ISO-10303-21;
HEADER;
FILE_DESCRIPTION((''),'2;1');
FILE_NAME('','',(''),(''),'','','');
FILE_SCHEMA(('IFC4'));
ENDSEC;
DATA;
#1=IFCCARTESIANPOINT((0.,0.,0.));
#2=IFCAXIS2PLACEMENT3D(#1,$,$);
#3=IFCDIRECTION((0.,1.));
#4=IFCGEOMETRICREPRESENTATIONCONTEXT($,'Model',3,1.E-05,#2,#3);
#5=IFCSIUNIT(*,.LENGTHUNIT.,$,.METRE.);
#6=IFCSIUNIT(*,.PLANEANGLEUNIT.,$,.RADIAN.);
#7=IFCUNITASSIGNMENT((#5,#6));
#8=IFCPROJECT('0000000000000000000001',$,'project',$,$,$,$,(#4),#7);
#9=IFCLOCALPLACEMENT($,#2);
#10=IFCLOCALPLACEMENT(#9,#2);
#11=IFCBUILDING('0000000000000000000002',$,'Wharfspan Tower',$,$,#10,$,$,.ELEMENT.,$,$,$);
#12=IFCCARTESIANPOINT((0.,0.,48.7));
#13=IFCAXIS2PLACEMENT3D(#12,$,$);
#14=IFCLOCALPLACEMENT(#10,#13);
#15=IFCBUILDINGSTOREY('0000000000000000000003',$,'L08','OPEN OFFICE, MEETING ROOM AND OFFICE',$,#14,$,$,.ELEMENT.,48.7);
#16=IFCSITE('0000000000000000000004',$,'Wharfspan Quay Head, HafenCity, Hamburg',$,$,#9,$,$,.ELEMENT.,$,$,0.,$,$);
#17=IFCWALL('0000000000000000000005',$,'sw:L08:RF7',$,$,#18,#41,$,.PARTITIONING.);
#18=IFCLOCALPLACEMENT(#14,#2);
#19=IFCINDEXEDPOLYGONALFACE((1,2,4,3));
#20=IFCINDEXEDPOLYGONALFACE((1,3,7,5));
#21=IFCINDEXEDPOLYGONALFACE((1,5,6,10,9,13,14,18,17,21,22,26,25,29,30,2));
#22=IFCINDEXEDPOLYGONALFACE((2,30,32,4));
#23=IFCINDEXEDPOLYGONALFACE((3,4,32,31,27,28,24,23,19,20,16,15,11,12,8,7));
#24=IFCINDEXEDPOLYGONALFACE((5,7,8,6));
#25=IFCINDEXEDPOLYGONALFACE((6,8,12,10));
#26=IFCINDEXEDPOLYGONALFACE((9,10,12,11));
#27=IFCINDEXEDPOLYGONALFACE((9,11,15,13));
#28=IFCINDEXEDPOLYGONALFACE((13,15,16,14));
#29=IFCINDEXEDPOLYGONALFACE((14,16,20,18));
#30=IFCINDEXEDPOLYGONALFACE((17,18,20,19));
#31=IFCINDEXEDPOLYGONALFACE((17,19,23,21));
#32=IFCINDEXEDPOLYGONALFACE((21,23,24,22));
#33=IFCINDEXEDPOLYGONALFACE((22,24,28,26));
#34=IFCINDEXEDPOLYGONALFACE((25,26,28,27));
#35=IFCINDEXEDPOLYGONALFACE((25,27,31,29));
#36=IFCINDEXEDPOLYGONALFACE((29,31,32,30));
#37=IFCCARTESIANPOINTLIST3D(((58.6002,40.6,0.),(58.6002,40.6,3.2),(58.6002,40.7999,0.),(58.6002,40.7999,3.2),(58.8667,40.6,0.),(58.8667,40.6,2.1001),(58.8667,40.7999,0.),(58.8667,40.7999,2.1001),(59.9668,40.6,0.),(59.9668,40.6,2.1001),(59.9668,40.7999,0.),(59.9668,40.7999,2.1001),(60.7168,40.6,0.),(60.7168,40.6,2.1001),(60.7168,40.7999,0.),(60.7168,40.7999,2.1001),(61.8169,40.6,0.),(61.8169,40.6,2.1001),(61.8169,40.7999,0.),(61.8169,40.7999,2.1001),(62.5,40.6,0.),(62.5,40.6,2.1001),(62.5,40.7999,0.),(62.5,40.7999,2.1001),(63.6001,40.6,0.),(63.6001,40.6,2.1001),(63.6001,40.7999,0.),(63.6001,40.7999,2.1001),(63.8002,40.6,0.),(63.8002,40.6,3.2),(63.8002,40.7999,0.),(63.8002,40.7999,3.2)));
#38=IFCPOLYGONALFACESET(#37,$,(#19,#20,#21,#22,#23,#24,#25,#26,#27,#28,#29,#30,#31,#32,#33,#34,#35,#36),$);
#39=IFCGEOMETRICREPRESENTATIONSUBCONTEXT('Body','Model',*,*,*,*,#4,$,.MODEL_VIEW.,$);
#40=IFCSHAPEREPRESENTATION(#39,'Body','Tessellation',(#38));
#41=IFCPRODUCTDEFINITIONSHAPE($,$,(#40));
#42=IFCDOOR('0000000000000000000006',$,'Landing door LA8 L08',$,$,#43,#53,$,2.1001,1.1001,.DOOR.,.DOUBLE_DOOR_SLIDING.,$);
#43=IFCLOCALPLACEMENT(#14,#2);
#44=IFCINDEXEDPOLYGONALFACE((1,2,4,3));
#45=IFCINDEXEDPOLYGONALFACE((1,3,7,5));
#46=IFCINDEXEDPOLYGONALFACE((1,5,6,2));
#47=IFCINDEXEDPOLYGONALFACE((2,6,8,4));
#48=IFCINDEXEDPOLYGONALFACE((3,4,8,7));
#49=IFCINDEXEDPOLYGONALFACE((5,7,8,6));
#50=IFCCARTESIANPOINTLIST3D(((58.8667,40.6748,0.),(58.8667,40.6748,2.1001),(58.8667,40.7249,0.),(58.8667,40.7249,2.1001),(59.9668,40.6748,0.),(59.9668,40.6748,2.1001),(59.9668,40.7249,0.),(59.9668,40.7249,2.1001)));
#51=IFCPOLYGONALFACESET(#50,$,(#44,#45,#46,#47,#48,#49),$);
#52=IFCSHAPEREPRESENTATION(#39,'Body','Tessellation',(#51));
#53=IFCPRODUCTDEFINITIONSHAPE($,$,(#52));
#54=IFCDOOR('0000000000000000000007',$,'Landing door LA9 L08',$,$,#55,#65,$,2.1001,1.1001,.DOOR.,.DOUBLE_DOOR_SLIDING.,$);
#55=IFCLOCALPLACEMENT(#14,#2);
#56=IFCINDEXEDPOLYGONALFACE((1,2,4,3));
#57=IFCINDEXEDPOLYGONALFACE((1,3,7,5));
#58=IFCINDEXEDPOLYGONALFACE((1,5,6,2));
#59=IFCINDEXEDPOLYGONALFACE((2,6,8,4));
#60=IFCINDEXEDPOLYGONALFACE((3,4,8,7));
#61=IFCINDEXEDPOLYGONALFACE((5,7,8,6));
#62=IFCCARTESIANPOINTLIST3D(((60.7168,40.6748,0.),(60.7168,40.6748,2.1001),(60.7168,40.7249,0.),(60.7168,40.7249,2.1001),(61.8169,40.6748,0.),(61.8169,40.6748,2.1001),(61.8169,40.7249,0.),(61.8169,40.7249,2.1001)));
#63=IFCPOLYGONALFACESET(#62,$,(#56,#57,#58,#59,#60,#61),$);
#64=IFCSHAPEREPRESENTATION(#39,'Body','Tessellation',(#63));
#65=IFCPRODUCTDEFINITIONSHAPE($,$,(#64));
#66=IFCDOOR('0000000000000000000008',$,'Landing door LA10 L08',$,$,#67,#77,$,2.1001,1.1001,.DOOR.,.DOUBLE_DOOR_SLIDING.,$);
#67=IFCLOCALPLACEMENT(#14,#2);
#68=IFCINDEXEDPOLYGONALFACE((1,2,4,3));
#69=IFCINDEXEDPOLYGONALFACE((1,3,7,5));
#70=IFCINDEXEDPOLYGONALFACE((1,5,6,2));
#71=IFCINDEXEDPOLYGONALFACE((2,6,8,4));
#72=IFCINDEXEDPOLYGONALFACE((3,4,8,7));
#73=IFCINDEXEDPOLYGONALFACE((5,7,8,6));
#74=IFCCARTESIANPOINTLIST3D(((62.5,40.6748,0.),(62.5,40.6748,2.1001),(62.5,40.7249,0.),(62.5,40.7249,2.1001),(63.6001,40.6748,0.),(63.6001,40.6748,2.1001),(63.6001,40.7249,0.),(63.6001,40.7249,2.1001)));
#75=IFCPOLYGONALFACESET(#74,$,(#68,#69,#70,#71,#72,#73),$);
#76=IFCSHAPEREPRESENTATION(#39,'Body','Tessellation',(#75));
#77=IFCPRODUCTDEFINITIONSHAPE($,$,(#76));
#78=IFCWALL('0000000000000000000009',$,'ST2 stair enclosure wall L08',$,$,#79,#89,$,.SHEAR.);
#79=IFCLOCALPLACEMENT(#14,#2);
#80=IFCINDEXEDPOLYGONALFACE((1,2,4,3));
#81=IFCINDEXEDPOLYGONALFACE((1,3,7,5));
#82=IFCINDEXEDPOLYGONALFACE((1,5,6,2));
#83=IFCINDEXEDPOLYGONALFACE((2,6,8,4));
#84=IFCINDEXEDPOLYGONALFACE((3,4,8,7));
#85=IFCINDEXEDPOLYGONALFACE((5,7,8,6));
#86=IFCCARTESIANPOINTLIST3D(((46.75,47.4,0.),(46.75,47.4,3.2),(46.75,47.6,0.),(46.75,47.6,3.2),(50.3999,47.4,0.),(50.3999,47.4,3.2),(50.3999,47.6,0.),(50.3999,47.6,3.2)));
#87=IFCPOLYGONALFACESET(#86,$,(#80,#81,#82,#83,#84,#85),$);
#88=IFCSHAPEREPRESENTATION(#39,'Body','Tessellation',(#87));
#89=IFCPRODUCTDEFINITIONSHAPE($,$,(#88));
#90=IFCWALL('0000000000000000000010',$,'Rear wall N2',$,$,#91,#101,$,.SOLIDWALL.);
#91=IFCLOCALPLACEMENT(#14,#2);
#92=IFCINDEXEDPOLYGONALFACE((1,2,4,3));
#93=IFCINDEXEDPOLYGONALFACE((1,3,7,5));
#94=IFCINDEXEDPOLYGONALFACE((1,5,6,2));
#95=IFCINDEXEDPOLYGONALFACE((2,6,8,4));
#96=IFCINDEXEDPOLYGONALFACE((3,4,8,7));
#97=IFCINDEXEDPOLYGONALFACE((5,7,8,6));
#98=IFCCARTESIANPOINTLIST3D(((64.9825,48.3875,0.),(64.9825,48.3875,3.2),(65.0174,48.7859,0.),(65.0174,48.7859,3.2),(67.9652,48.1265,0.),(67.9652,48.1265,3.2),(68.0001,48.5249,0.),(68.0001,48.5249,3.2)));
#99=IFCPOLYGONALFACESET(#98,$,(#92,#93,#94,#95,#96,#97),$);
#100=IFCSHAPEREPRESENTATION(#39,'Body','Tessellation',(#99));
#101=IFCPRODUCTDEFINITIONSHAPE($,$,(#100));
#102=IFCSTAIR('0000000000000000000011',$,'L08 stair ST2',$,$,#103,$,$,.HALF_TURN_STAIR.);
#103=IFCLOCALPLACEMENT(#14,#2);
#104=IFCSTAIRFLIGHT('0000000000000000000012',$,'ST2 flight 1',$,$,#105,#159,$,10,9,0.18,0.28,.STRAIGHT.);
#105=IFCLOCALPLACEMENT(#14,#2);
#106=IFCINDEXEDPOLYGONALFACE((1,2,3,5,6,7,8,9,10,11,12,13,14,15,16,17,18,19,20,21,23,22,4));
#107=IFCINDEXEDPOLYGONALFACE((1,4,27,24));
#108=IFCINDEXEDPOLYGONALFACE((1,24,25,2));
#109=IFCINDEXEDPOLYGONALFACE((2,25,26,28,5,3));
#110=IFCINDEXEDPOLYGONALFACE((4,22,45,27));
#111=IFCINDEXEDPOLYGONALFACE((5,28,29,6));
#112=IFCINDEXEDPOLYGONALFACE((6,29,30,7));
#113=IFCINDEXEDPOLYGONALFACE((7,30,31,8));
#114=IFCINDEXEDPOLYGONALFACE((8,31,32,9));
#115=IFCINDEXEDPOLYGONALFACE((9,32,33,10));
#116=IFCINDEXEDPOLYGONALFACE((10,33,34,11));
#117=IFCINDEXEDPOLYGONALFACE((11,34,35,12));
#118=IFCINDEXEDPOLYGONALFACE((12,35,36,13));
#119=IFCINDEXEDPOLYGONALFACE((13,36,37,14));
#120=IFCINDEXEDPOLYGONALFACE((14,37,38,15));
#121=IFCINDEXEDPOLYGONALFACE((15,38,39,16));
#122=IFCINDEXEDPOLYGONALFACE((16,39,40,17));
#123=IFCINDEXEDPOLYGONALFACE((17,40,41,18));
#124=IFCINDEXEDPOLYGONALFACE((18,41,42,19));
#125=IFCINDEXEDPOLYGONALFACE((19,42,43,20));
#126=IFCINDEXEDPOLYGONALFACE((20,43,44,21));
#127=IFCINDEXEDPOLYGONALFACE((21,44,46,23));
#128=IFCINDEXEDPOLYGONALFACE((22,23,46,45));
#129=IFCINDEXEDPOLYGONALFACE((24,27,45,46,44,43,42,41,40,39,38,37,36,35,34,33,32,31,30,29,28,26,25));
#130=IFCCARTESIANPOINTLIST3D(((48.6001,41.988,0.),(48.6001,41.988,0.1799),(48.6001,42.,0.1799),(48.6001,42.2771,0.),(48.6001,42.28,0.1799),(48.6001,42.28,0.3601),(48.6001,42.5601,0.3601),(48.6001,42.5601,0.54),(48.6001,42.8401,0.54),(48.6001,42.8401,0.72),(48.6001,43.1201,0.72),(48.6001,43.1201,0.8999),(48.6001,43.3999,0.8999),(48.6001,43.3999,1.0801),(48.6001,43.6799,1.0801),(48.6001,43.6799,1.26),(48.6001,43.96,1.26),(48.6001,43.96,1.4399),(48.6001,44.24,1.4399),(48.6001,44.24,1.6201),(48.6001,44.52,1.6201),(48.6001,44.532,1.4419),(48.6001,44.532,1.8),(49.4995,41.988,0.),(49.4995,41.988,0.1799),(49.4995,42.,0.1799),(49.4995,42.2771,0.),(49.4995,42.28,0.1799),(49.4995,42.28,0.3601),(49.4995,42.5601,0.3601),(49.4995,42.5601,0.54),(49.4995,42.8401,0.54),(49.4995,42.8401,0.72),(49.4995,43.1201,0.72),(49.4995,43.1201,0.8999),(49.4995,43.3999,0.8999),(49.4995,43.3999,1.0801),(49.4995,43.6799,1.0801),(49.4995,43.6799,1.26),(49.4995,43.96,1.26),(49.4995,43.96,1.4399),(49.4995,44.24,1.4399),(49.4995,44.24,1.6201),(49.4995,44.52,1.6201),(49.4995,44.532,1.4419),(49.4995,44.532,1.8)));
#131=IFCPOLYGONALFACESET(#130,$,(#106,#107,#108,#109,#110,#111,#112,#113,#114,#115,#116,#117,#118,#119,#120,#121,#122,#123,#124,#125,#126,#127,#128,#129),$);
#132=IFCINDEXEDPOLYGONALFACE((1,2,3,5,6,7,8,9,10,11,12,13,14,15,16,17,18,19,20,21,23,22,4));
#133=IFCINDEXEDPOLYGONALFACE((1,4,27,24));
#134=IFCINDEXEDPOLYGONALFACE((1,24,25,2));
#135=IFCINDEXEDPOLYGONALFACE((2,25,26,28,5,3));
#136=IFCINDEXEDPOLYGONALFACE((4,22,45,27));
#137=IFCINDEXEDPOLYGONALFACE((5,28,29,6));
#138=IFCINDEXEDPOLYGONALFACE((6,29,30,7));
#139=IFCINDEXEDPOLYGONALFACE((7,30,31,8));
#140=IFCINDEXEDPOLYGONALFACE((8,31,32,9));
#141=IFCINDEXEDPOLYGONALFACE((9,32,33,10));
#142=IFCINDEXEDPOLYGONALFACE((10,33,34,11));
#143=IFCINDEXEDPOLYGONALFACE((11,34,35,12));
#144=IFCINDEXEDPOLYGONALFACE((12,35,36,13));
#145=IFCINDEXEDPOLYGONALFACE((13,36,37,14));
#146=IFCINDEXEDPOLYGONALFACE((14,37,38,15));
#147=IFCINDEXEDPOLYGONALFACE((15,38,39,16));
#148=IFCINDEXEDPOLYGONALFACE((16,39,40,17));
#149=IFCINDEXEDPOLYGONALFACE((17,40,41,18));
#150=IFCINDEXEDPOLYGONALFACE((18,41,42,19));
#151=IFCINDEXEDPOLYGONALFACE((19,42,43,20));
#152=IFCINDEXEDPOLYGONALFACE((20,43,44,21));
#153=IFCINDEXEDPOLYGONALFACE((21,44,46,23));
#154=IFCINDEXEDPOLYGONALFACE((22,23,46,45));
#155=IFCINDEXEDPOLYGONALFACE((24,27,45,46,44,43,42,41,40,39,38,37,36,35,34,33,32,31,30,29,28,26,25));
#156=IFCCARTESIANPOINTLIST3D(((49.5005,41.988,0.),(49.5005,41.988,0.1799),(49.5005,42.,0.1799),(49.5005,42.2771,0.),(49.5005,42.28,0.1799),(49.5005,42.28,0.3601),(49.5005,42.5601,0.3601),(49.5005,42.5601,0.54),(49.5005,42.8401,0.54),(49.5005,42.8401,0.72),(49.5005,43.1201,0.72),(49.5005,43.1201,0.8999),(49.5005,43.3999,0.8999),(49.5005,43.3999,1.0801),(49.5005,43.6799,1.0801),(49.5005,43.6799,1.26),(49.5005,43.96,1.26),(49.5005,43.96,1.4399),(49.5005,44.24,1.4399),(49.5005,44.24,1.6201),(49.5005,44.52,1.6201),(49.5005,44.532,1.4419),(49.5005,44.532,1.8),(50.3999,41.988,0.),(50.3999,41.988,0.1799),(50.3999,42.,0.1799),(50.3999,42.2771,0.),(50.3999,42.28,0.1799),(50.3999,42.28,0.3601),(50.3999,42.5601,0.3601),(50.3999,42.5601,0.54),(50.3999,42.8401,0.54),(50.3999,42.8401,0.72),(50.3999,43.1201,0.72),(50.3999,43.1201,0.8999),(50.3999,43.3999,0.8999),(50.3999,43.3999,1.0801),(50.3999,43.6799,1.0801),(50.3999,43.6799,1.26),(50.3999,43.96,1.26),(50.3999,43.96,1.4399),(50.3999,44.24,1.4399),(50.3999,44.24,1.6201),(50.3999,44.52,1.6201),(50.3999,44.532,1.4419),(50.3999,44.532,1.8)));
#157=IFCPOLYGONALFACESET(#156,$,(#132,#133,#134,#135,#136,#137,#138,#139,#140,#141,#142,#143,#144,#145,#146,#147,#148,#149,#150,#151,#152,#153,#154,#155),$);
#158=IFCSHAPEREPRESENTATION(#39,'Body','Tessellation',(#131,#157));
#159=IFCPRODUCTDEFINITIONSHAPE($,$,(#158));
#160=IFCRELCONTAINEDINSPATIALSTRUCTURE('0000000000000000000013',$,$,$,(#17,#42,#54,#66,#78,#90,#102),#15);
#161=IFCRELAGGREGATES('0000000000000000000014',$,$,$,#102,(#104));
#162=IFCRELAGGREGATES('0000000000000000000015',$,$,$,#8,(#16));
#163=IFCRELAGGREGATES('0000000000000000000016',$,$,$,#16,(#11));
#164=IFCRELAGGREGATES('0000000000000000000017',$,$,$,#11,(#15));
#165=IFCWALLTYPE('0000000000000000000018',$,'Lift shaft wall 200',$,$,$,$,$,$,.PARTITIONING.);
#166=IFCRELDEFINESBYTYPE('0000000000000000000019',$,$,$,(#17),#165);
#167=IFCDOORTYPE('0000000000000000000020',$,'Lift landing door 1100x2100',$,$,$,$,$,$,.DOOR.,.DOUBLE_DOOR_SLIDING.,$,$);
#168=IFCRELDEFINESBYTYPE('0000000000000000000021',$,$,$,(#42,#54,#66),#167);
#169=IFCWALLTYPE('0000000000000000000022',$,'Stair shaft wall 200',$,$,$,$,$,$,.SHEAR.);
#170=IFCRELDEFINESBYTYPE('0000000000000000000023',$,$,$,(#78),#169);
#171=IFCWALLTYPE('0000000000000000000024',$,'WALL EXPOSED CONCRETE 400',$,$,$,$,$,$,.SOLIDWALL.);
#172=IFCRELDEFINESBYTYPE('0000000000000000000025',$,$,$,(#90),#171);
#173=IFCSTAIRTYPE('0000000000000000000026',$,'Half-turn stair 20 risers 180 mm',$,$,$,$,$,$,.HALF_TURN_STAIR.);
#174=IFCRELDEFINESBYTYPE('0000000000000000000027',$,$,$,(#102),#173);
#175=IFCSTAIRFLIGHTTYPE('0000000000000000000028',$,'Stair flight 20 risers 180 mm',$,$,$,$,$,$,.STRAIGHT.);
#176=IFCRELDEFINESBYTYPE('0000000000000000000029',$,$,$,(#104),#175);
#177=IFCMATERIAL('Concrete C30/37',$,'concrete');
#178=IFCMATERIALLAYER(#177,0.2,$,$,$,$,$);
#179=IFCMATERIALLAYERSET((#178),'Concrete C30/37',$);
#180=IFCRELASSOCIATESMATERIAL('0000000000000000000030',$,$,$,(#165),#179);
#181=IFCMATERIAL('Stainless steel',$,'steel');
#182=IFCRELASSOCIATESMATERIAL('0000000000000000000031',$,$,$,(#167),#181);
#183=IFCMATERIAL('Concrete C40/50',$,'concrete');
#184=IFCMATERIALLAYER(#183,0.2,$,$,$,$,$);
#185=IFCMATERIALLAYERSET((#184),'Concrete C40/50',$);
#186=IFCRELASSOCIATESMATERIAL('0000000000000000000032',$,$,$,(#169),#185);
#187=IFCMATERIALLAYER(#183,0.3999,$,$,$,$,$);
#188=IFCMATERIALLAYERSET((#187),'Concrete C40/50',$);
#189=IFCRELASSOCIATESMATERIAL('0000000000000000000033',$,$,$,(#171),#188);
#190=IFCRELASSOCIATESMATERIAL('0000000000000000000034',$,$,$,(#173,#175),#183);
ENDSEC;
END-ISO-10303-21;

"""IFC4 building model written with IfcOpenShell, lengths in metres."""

from ifc_helpers import new_model, si_unit, direction, frame, frame_2d, origin, place, context, subcontext, project, spatial, polyline, rectangle, outline, extrude, material, layer, layer_set, type_object, element, fill, aggregate, save


model = new_model("IFC4")

# Units and contexts
model_context = context("Model", 3, precision=1e-05, world=origin(), true_north=direction((0.0, 1.0)))
body_context = subcontext(model_context, "Body", "Model", "MODEL_VIEW")
ifc_project = project(units=[si_unit("LENGTHUNIT", "METRE"), si_unit("PLANEANGLEUNIT", "RADIAN")], contexts=[model_context])

# Site, building, storey
site_placement = place(None, origin())
site = spatial("IfcSite", under=ifc_project, at=site_placement, Name="Wharfspan Quay Head, HafenCity, Hamburg", CompositionType="ELEMENT", RefElevation=0.0)
building_placement = place(site_placement, origin())
building = spatial("IfcBuilding", under=site, at=building_placement, Name="Wharfspan Tower", CompositionType="ELEMENT")
storey_placement = place(building_placement, frame((0.0, 0.0, 48.7)))
storey = spatial("IfcBuildingStorey", under=building, at=storey_placement, Name="L08", Description="OPEN OFFICE, MEETING ROOM AND OFFICE", CompositionType="ELEMENT", Elevation=48.7)

# Shared definitions
ifc_material_1 = material(Name="Concrete C30/37", Category="concrete")
ifc_layer_1 = layer(ifc_material_1, 0.2)
ifc_layer_set_1 = layer_set([ifc_layer_1], Name="Concrete C30/37")
wall_type_1 = type_object("IfcWallType", Name="Lift shaft wall 200", PredefinedType="PARTITIONING", material=ifc_layer_set_1)

# Wall, openings, doors
wall_1_placement = place(storey_placement, frame((58.6001, 40.7, 0.0), z_axis=(0.0, 0.0, 1.0), x_axis=(1.0, 0.0, 0.0)))
wall_1 = element("IfcWall", 1, at=wall_1_placement, inside=storey, type_object=wall_type_1, Name="sw:L08:RF7", PredefinedType="PARTITIONING", context=body_context, shape_type="SweptSolid", body=[
    extrude(rectangle(XDim=5.2, YDim=0.2, at=frame_2d((2.6001, 0.0))), origin(), (0.0, 0.0, 1.0), 3.2),
])
opening_1_placement = place(wall_1_placement, frame((0.2666, 0.0, 0.0)))
opening_1 = element("IfcOpeningElement", 2, at=opening_1_placement, cuts=wall_1, PredefinedType="OPENING", context=body_context, shape_type="SweptSolid", body=[
    extrude(rectangle(XDim=1.1001, YDim=2.1001, at=frame_2d((0.55, 1.05))), frame((0.0, 0.1099, 0.0), z_axis=(0.0, -1.0, 0.0), x_axis=(1.0, 0.0, 0.0)), (0.0, 0.0, 1.0), 0.22),
])
opening_2_placement = place(wall_1_placement, frame((2.1167, 0.0, 0.0)))
opening_2 = element("IfcOpeningElement", 3, at=opening_2_placement, cuts=wall_1, PredefinedType="OPENING", context=body_context, shape_type="SweptSolid", body=[
    extrude(rectangle(XDim=1.1001, YDim=2.1001, at=frame_2d((0.55, 1.05))), frame((0.0, 0.1099, 0.0), z_axis=(0.0, -1.0, 0.0), x_axis=(1.0, 0.0, 0.0)), (0.0, 0.0, 1.0), 0.22),
])
opening_3_placement = place(wall_1_placement, frame((3.8999, 0.0, 0.0)))
opening_3 = element("IfcOpeningElement", 4, at=opening_3_placement, cuts=wall_1, PredefinedType="OPENING", context=body_context, shape_type="SweptSolid", body=[
    extrude(rectangle(XDim=1.1001, YDim=2.1001, at=frame_2d((0.55, 1.05))), frame((0.0, 0.1099, 0.0), z_axis=(0.0, -1.0, 0.0), x_axis=(1.0, 0.0, 0.0)), (0.0, 0.0, 1.0), 0.22),
])
ifc_material_2 = material(Name="Stainless steel", Category="steel")
door_type_1 = type_object("IfcDoorType", Name="Lift landing door 1100x2100", OperationType="DOUBLE_DOOR_SLIDING", PredefinedType="DOOR", material=ifc_material_2)
door_1_placement = place(opening_1_placement, origin())
door_1 = element("IfcDoor", 5, at=door_1_placement, inside=storey, type_object=door_type_1, Name="Landing door LA8 L08", OperationType="DOUBLE_DOOR_SLIDING", OverallHeight=2.1001, OverallWidth=1.1001, PredefinedType="DOOR", context=body_context, shape_type="SweptSolid", body=[
    extrude(rectangle(XDim=1.1001, YDim=2.1001, at=frame_2d((0.55, 1.05))), frame((0.0, 0.0249, 0.0), z_axis=(0.0, -1.0, 0.0), x_axis=(1.0, 0.0, 0.0)), (0.0, 0.0, 1.0), 0.05),
])
fill(opening_1, door_1)
door_2_placement = place(opening_2_placement, origin())
door_2 = element("IfcDoor", 6, at=door_2_placement, inside=storey, type_object=door_type_1, Name="Landing door LA9 L08", OperationType="DOUBLE_DOOR_SLIDING", OverallHeight=2.1001, OverallWidth=1.1001, PredefinedType="DOOR", context=body_context, shape_type="SweptSolid", body=[
    extrude(rectangle(XDim=1.1001, YDim=2.1001, at=frame_2d((0.55, 1.05))), frame((0.0, 0.0249, 0.0), z_axis=(0.0, -1.0, 0.0), x_axis=(1.0, 0.0, 0.0)), (0.0, 0.0, 1.0), 0.05),
])
fill(opening_2, door_2)
door_3_placement = place(opening_3_placement, origin())
door_3 = element("IfcDoor", 7, at=door_3_placement, inside=storey, type_object=door_type_1, Name="Landing door LA10 L08", OperationType="DOUBLE_DOOR_SLIDING", OverallHeight=2.1001, OverallWidth=1.1001, PredefinedType="DOOR", context=body_context, shape_type="SweptSolid", body=[
    extrude(rectangle(XDim=1.1001, YDim=2.1001, at=frame_2d((0.55, 1.05))), frame((0.0, 0.0249, 0.0), z_axis=(0.0, -1.0, 0.0), x_axis=(1.0, 0.0, 0.0)), (0.0, 0.0, 1.0), 0.05),
])
fill(opening_3, door_3)

# Walls
ifc_material_3 = material(Name="Concrete C40/50", Category="concrete")
ifc_layer_2 = layer(ifc_material_3, 0.2)
ifc_layer_set_2 = layer_set([ifc_layer_2], Name="Concrete C40/50")
wall_type_2 = type_object("IfcWallType", Name="Stair shaft wall 200", PredefinedType="SHEAR", material=ifc_layer_set_2)
wall_2_placement = place(storey_placement, frame((46.75, 47.5, 0.0), z_axis=(0.0, 0.0, 1.0), x_axis=(1.0, 0.0, 0.0)))
element("IfcWall", 8, at=wall_2_placement, inside=storey, type_object=wall_type_2, Name="ST2 stair enclosure wall L08", PredefinedType="SHEAR", context=body_context, shape_type="SweptSolid", body=[
    extrude(rectangle(XDim=3.6499, YDim=0.2, at=frame_2d((1.825, 0.0))), origin(), (0.0, 0.0, 1.0), 3.2),
])
ifc_layer_3 = layer(ifc_material_3, 0.3999)
ifc_layer_set_3 = layer_set([ifc_layer_3], Name="Concrete C40/50")
wall_type_3 = type_object("IfcWallType", Name="WALL EXPOSED CONCRETE 400", PredefinedType="SOLIDWALL", material=ifc_layer_set_3)
wall_3_placement = place(storey_placement, frame((67.9827, 48.3257, 0.0), z_axis=(0.0, 0.0, 1.0), x_axis=(-0.996194, 0.087168, 0.0)))
element("IfcWall", 9, at=wall_3_placement, inside=storey, type_object=wall_type_3, Name="Rear wall N2", PredefinedType="SOLIDWALL", context=body_context, shape_type="SweptSolid", body=[
    extrude(rectangle(XDim=2.9941, YDim=0.3999, at=frame_2d((1.4971, 0.0))), origin(), (0.0, 0.0, 1.0), 3.2),
])

# Stair, stair flight
stair_type = type_object("IfcStairType", Name="Half-turn stair 20 risers 180 mm", PredefinedType="HALF_TURN_STAIR", material=ifc_material_3)
stair_placement = place(storey_placement, origin())
stair = element("IfcStair", 10, at=stair_placement, inside=storey, type_object=stair_type, Name="L08 stair ST2", PredefinedType="HALF_TURN_STAIR")
stair_flight_type = type_object("IfcStairFlightType", Name="Stair flight 20 risers 180 mm", PredefinedType="STRAIGHT", material=ifc_material_3)
stair_flight_1_placement = place(storey_placement, frame((49.5, 42.0, 0.0), z_axis=(0.0, 0.0, 1.0), x_axis=(0.0, 1.0, 0.0)))
stair_flight_1 = element("IfcStairFlight", 11, at=stair_flight_1_placement, type_object=stair_flight_type, Name="ST2 flight 1", NumberOfRisers=10, NumberOfTreads=9, PredefinedType="STRAIGHT", RiserHeight=0.18, TreadLength=0.28, context=body_context, shape_type="SweptSolid", body=[
    extrude(outline(polyline([(-0.012, 0.0), (-0.012, 0.1799), (0.0, 0.1799), (0.28, 0.1799), (0.28, 0.3601), (0.5601, 0.3601), (0.5601, 0.54), (0.8401, 0.54), (0.8401, 0.72), (1.1201, 0.72), (1.1201, 0.8999), (1.3999, 0.8999), (1.3999, 1.0801), (1.6799, 1.0801), (1.6799, 1.26), (1.96, 1.26), (1.96, 1.4399), (2.24, 1.4399), (2.24, 1.6201), (2.52, 1.6201), (2.532, 1.8), (2.532, 1.4419), (0.2771, 0.0), (-0.012, 0.0)])), frame((0.0, 0.8999, 0.0), z_axis=(0.0, -1.0, 0.0), x_axis=(1.0, 0.0, 0.0)), (0.0, 0.0, 1.0), 0.8994),
    extrude(outline(polyline([(-0.012, 0.0), (-0.012, 0.1799), (0.0, 0.1799), (0.28, 0.1799), (0.28, 0.3601), (0.5601, 0.3601), (0.5601, 0.54), (0.8401, 0.54), (0.8401, 0.72), (1.1201, 0.72), (1.1201, 0.8999), (1.3999, 0.8999), (1.3999, 1.0801), (1.6799, 1.0801), (1.6799, 1.26), (1.96, 1.26), (1.96, 1.4399), (2.24, 1.4399), (2.24, 1.6201), (2.52, 1.6201), (2.532, 1.8), (2.532, 1.4419), (0.2771, 0.0), (-0.012, 0.0)])), frame((0.0, -0.0005, 0.0), z_axis=(0.0, -1.0, 0.0), x_axis=(1.0, 0.0, 0.0)), (0.0, 0.0, 1.0), 0.8994),
])
aggregate(stair, [stair_flight_1])

save(model, "model.ifc")
